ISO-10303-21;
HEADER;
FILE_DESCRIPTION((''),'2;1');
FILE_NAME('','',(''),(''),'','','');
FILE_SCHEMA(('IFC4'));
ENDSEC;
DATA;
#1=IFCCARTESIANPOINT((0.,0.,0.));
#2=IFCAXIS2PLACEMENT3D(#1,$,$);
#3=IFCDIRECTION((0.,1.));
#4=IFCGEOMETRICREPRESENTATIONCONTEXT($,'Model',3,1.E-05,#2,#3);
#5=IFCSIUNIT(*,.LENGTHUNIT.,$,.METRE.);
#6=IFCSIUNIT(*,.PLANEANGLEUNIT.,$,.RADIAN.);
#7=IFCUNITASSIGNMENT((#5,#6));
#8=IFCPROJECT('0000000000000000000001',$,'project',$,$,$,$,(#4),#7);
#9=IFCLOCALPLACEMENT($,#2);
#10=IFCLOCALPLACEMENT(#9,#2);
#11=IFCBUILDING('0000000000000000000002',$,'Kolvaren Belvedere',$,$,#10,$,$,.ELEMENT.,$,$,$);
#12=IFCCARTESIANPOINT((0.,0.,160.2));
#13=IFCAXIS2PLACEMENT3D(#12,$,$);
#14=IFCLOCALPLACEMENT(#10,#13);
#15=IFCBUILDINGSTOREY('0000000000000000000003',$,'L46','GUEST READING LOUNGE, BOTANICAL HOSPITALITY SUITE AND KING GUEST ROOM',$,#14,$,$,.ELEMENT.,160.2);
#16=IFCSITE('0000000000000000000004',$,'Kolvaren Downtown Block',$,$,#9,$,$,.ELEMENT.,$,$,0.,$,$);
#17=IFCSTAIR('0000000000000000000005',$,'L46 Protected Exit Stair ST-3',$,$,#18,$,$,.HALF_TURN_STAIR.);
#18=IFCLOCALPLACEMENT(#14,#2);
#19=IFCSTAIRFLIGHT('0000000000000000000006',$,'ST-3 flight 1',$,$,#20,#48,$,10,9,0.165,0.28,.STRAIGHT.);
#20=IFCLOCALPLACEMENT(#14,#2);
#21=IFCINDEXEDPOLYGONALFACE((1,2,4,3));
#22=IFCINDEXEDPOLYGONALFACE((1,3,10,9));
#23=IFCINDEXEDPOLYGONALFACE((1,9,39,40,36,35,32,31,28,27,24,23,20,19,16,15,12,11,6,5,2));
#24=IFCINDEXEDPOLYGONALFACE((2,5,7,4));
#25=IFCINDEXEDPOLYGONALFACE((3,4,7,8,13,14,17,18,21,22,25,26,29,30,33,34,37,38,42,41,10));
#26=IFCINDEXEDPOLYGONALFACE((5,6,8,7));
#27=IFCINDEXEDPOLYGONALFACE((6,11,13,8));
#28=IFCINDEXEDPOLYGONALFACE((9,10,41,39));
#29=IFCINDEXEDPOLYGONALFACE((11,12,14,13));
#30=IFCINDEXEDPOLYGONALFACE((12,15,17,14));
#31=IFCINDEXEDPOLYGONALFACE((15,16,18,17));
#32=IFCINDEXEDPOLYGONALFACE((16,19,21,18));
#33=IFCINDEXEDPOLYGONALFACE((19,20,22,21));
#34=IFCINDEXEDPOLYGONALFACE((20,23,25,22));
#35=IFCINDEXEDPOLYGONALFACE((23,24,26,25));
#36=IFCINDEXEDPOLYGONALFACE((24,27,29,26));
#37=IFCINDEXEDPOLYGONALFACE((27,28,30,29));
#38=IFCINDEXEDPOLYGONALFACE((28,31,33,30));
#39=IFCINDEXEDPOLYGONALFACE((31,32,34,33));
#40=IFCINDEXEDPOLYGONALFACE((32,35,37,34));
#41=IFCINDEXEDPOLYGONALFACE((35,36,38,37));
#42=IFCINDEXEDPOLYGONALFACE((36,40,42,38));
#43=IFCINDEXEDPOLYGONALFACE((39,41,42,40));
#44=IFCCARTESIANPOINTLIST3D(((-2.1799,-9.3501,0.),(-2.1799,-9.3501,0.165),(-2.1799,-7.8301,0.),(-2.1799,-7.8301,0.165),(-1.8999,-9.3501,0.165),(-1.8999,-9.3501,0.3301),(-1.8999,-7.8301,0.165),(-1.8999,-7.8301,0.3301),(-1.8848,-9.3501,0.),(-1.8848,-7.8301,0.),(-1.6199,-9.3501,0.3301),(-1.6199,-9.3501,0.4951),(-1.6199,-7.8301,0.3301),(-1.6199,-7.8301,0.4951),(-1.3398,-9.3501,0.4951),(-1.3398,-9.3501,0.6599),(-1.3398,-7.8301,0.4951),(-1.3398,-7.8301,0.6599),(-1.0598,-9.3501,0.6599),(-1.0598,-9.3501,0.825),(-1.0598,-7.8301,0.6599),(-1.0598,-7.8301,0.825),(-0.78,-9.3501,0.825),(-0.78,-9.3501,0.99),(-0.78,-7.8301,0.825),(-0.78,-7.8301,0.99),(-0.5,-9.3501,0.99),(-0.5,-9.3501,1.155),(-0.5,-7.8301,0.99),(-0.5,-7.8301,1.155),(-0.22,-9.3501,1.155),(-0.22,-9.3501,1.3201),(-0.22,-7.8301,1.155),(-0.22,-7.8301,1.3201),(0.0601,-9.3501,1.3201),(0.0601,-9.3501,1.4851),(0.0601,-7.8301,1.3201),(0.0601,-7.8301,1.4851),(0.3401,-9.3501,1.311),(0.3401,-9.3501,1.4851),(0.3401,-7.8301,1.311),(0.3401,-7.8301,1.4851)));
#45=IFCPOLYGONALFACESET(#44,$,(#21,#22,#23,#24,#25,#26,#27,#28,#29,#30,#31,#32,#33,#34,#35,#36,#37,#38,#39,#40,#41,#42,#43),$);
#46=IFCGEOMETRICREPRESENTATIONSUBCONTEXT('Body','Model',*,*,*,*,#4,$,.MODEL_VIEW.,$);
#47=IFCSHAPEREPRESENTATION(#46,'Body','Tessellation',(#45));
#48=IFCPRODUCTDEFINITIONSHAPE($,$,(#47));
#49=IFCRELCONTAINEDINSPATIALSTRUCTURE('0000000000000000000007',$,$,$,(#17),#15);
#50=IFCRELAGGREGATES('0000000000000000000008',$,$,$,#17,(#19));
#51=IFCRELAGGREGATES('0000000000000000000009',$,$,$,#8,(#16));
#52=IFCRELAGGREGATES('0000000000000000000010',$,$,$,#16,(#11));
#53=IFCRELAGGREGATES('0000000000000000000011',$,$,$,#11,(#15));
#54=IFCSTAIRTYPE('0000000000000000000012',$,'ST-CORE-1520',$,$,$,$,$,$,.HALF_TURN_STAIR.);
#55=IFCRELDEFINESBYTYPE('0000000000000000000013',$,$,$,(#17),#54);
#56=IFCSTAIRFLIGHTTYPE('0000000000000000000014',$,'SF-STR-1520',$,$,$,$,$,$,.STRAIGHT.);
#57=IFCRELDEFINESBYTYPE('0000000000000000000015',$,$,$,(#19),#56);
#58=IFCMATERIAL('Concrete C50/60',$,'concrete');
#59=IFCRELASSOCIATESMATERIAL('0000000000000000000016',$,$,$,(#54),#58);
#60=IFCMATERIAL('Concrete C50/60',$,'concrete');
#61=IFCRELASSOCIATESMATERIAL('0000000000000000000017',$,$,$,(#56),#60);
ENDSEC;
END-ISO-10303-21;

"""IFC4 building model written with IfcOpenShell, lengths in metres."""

from ifc_helpers import new_model, si_unit, direction, frame, origin, place, context, subcontext, project, spatial, polyline, outline, extrude, material, type_object, element, aggregate, save


model = new_model("IFC4")

# Units and contexts
model_context = context("Model", 3, precision=1e-05, world=origin(), true_north=direction((0.0, 1.0)))
body_context = subcontext(model_context, "Body", "Model", "MODEL_VIEW")
ifc_project = project(units=[si_unit("LENGTHUNIT", "METRE"), si_unit("PLANEANGLEUNIT", "RADIAN")], contexts=[model_context])

# Site, building, storey
site_placement = place(None, origin())
site = spatial("IfcSite", under=ifc_project, at=site_placement, Name="Kolvaren Downtown Block", CompositionType="ELEMENT", RefElevation=0.0)
building_placement = place(site_placement, origin())
building = spatial("IfcBuilding", under=site, at=building_placement, Name="Kolvaren Belvedere", CompositionType="ELEMENT")
storey_placement = place(building_placement, frame((0.0, 0.0, 160.2)))
storey = spatial("IfcBuildingStorey", under=building, at=storey_placement, Name="L46", Description="GUEST READING LOUNGE, BOTANICAL HOSPITALITY SUITE AND KING GUEST ROOM", CompositionType="ELEMENT", Elevation=160.2)

# Stair, stair flight
ifc_material_1 = material(Name="Concrete C50/60", Category="concrete")
stair_type = type_object("IfcStairType", Name="ST-CORE-1520", PredefinedType="HALF_TURN_STAIR", material=ifc_material_1)
stair_placement = place(storey_placement, origin())
stair = element("IfcStair", 1, at=stair_placement, inside=storey, type_object=stair_type, Name="L46 Protected Exit Stair ST-3", PredefinedType="HALF_TURN_STAIR")
ifc_material_2 = material(Name="Concrete C50/60", Category="concrete")
stair_flight_type = type_object("IfcStairFlightType", Name="SF-STR-1520", PredefinedType="STRAIGHT", material=ifc_material_2)
stair_flight_placement = place(storey_placement, frame((-2.1799, -8.5901, 0.0), z_axis=(0.0, 0.0, 1.0), x_axis=(1.0, 0.0, 0.0)))
stair_flight = element("IfcStairFlight", 2, at=stair_flight_placement, type_object=stair_flight_type, Name="ST-3 flight 1", NumberOfRisers=10, NumberOfTreads=9, PredefinedType="STRAIGHT", RiserHeight=0.165, TreadLength=0.28, context=body_context, shape_type="SweptSolid", body=[
    extrude(outline(polyline([(0.0, 0.0), (0.0, 0.165), (0.28, 0.165), (0.28, 0.3301), (0.5601, 0.3301), (0.5601, 0.4951), (0.8401, 0.4951), (0.8401, 0.6599), (1.1201, 0.6599), (1.1201, 0.825), (1.3999, 0.825), (1.3999, 0.99), (1.6799, 0.99), (1.6799, 1.155), (1.96, 1.155), (1.96, 1.3201), (2.24, 1.3201), (2.24, 1.4851), (2.52, 1.4851), (2.52, 1.6499), (2.52, 1.311), (0.2952, 0.0), (0.0, 0.0)])), frame((0.0, 0.76, 0.0), z_axis=(0.0, -1.0, 0.0), x_axis=(1.0, 0.0, 0.0)), (0.0, 0.0, 1.0), 1.52),
])
aggregate(stair, [stair_flight])

save(model, "model.ifc")
